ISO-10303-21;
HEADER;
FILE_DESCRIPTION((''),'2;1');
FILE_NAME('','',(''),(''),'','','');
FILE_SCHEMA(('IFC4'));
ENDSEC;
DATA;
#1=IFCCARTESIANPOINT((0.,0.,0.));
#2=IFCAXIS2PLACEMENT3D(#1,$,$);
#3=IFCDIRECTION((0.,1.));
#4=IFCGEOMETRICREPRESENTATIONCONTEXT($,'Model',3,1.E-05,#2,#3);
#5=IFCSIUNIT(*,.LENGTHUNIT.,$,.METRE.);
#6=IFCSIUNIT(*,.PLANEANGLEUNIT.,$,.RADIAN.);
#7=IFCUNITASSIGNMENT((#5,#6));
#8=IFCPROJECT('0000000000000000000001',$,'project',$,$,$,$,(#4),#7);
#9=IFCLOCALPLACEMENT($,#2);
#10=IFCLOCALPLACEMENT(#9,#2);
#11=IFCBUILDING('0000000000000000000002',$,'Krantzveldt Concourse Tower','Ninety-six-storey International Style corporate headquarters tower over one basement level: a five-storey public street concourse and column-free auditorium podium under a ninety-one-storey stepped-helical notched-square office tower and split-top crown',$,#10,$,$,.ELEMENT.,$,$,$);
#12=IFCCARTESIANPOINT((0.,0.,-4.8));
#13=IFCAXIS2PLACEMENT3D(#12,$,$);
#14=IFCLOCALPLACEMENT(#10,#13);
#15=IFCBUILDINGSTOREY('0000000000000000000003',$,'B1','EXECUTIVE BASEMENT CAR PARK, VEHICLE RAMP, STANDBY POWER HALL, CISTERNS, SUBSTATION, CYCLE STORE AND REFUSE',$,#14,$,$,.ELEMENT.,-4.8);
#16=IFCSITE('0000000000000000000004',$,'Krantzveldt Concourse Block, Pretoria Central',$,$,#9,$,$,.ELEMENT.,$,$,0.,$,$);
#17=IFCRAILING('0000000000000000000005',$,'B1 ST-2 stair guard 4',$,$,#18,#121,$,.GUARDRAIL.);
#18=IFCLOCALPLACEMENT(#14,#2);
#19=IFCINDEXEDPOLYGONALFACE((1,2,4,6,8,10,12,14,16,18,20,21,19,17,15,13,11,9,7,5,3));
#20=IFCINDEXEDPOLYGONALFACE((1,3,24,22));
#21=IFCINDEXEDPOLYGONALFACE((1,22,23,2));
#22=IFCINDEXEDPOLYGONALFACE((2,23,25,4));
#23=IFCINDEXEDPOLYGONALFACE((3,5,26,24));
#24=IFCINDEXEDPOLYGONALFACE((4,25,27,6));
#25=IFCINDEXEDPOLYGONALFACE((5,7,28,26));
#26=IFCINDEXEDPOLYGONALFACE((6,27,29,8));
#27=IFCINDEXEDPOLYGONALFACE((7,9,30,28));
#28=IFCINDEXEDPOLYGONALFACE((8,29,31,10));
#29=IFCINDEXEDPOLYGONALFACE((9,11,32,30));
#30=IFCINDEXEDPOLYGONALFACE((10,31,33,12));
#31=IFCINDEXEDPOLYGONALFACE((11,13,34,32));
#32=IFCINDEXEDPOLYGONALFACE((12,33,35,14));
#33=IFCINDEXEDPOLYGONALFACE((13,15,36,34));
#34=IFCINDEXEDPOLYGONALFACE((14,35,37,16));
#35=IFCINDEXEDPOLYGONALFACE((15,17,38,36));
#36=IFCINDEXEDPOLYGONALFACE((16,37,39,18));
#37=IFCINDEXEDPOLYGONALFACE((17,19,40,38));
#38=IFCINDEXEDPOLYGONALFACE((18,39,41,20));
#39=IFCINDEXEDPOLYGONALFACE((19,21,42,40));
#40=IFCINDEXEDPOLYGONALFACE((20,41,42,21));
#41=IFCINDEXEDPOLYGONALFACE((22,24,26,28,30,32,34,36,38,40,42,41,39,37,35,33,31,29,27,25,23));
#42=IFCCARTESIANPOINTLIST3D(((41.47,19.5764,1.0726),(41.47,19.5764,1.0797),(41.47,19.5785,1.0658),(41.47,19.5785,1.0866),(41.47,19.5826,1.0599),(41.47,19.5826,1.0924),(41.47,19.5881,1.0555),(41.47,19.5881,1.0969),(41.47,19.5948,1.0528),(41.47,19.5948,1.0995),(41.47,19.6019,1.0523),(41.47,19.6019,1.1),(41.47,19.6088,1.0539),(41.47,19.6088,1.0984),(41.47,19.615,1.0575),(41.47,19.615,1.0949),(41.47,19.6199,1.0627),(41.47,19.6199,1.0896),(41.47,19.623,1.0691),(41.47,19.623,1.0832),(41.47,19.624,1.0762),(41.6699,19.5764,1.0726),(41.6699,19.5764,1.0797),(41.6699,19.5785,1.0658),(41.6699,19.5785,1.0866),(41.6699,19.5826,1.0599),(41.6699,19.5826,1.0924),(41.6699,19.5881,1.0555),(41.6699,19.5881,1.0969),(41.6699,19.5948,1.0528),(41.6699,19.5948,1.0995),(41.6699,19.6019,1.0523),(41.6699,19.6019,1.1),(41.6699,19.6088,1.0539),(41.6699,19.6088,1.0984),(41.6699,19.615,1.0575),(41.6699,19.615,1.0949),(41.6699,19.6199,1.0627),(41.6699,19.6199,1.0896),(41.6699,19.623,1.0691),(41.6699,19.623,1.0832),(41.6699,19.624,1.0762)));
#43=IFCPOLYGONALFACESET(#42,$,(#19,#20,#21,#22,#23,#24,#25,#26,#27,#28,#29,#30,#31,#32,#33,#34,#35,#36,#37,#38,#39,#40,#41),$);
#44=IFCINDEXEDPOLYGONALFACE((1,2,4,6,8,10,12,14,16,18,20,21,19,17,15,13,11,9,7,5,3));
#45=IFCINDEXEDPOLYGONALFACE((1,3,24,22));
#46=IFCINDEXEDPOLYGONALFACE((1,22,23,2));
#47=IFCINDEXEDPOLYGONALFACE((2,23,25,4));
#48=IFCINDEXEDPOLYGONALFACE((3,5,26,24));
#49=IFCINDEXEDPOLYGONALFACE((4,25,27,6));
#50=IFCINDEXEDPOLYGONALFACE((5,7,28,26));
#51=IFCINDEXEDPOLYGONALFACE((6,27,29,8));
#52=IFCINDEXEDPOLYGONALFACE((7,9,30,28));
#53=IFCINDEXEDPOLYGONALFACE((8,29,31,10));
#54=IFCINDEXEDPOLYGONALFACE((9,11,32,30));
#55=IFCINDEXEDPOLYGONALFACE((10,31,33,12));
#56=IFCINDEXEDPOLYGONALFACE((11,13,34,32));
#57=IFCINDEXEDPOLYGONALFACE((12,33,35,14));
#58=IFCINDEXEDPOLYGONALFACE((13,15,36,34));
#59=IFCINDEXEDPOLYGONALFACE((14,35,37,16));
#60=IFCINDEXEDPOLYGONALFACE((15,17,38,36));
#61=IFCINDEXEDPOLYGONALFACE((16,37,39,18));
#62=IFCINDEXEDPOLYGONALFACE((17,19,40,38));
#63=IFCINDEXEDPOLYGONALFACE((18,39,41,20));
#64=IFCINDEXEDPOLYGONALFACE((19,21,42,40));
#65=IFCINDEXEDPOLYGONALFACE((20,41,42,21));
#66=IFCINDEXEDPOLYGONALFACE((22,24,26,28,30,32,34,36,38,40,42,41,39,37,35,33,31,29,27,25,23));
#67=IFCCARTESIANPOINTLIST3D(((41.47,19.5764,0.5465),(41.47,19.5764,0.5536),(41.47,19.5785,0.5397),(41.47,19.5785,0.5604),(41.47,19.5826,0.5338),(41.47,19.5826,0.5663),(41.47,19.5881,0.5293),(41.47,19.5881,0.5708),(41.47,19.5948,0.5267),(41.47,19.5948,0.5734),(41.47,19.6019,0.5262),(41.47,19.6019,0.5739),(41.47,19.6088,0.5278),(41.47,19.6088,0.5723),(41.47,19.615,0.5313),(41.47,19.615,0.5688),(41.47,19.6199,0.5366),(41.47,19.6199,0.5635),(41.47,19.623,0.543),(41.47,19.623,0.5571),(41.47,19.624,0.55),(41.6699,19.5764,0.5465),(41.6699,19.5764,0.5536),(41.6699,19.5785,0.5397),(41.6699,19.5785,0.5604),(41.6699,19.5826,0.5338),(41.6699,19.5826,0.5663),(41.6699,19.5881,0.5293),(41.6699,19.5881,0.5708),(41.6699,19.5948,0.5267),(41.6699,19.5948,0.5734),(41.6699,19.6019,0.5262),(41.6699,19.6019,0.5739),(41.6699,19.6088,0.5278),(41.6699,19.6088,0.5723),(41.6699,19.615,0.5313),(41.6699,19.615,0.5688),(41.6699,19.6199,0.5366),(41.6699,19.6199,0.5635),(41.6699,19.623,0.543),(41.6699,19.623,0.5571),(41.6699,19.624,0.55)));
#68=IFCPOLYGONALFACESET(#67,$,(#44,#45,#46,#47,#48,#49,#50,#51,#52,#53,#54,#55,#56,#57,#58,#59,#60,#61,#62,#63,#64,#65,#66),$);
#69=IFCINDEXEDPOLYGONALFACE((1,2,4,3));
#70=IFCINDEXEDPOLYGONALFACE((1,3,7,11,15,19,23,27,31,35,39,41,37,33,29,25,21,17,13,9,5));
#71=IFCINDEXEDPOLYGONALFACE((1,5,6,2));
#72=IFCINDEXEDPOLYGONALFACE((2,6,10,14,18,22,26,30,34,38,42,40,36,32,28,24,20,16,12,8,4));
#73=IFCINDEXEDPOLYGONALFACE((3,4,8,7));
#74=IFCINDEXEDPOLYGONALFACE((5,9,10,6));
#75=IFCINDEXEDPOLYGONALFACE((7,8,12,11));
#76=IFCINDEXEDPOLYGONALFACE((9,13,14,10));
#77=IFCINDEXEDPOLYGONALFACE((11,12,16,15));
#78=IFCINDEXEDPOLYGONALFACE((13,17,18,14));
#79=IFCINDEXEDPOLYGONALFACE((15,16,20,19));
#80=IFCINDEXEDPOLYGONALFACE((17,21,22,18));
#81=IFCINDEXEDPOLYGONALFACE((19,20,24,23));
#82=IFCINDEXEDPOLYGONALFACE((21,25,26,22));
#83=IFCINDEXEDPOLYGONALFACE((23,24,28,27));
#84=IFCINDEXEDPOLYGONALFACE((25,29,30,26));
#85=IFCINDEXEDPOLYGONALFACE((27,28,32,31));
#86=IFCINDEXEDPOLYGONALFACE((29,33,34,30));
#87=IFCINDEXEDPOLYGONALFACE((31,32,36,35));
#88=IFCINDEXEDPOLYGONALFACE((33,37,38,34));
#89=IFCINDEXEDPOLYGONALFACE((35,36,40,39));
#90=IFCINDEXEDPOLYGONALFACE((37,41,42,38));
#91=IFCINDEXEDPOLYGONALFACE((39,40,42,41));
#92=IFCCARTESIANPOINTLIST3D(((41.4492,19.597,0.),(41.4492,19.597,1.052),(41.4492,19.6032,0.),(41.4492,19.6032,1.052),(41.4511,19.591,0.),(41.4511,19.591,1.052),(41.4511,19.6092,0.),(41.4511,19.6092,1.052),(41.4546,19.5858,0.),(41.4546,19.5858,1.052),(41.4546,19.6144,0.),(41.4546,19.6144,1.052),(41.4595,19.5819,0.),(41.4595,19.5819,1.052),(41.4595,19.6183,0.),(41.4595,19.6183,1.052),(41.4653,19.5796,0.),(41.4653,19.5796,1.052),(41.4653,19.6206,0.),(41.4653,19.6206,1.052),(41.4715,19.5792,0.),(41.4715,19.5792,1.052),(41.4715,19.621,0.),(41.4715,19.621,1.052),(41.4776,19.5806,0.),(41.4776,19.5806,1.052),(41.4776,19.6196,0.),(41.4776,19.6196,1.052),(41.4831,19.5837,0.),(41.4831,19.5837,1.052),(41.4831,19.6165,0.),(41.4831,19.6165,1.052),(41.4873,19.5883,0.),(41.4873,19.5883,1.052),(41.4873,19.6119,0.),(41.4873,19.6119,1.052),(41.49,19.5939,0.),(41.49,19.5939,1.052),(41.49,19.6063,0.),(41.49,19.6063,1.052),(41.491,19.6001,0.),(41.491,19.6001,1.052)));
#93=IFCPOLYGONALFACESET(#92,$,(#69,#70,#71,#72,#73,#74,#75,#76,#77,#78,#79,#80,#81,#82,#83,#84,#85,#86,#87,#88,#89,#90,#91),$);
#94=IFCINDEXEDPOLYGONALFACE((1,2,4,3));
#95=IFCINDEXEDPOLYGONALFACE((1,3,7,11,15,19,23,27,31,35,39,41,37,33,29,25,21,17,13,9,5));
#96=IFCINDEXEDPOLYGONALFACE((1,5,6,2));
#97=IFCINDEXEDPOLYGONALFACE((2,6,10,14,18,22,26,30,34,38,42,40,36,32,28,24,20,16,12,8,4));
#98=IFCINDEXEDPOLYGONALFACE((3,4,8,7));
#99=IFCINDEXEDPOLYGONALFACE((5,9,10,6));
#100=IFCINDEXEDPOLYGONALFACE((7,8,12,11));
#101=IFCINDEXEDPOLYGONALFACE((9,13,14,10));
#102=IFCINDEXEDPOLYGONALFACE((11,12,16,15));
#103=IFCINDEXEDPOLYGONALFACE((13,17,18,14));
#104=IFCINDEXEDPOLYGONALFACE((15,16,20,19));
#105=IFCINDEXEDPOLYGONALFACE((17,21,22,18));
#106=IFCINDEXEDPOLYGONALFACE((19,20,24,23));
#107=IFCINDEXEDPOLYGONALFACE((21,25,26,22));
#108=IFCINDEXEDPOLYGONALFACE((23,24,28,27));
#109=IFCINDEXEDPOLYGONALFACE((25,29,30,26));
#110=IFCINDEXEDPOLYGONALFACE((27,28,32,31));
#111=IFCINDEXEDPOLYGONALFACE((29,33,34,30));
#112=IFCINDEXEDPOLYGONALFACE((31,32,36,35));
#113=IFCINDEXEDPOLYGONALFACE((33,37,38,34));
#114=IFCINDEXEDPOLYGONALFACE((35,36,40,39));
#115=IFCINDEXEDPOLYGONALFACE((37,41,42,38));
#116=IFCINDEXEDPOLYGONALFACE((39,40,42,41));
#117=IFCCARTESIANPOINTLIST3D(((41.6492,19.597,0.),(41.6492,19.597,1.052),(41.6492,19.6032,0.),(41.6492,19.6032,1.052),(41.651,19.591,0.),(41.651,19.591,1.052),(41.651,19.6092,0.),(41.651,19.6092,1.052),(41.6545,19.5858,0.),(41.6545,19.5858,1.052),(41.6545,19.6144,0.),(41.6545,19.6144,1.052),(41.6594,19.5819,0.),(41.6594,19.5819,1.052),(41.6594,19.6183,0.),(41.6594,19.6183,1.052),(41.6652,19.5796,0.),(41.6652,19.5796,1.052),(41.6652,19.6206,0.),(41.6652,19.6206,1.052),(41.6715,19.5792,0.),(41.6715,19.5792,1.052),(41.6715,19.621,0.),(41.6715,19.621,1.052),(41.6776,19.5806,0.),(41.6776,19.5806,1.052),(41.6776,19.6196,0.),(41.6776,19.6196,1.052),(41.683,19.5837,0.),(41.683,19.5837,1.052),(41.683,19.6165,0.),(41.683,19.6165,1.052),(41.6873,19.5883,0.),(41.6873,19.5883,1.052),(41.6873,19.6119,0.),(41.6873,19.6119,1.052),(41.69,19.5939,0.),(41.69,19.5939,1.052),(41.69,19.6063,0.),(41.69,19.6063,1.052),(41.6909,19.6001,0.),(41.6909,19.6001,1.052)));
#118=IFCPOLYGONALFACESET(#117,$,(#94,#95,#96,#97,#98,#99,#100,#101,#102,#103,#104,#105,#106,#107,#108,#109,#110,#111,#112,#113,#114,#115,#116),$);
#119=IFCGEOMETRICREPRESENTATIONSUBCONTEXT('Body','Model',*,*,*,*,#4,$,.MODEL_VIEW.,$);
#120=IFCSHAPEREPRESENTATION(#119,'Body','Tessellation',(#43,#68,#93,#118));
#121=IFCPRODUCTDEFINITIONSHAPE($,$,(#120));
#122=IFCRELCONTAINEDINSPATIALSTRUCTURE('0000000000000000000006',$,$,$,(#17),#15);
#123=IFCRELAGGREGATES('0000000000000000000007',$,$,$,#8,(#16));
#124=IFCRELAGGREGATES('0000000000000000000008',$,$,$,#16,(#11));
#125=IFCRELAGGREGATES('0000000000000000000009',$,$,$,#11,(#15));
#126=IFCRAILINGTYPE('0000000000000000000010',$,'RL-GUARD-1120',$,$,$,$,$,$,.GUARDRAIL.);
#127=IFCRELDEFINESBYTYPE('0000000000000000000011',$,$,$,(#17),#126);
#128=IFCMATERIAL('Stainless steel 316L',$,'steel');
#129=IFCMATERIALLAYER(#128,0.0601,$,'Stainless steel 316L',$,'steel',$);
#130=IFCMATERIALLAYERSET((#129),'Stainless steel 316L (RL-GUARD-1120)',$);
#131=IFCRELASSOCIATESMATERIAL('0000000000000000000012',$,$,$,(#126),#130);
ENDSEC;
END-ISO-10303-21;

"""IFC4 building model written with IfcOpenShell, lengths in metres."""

from ifc_helpers import new_model, si_unit, direction, frame, origin, origin_2d, place, context, subcontext, project, spatial, circle, extrude, material, layer, layer_set, type_object, element, save


model = new_model("IFC4")

# Units and contexts
model_context = context("Model", 3, precision=1e-05, world=origin(), true_north=direction((0.0, 1.0)))
body_context = subcontext(model_context, "Body", "Model", "MODEL_VIEW")
ifc_project = project(units=[si_unit("LENGTHUNIT", "METRE"), si_unit("PLANEANGLEUNIT", "RADIAN")], contexts=[model_context])

# Site, building, storey
site_placement = place(None, origin())
site = spatial("IfcSite", under=ifc_project, at=site_placement, Name="Krantzveldt Concourse Block, Pretoria Central", CompositionType="ELEMENT", RefElevation=0.0)
building_placement = place(site_placement, origin())
building = spatial("IfcBuilding", under=site, at=building_placement, Name="Krantzveldt Concourse Tower", Description="Ninety-six-storey International Style corporate headquarters tower over one basement level: a five-storey public street concourse and column-free auditorium podium under a ninety-one-storey stepped-helical notched-square office tower and split-top crown", CompositionType="ELEMENT")
storey_placement = place(building_placement, frame((0.0, 0.0, -4.8)))
storey = spatial("IfcBuildingStorey", under=building, at=storey_placement, Name="B1", Description="EXECUTIVE BASEMENT CAR PARK, VEHICLE RAMP, STANDBY POWER HALL, CISTERNS, SUBSTATION, CYCLE STORE AND REFUSE", CompositionType="ELEMENT", Elevation=-4.8)

# Shared definitions
ifc_material_1 = material(Name="Stainless steel 316L", Category="steel")

# Railing
ifc_layer_1 = layer(ifc_material_1, 0.0601, Name="Stainless steel 316L", Category="steel")
ifc_layer_set_1 = layer_set([ifc_layer_1], Name="Stainless steel 316L (RL-GUARD-1120)")
railing_type_1 = type_object("IfcRailingType", Name="RL-GUARD-1120", PredefinedType="GUARDRAIL", material=ifc_layer_set_1)
railing_1_placement = place(storey_placement, frame((41.47, 19.6001, 0.0)))
element("IfcRailing", 1, at=railing_1_placement, inside=storey, type_object=railing_type_1, Name="B1 ST-2 stair guard 4", PredefinedType="GUARDRAIL", context=body_context, shape_type="SweptSolid", body=[
    extrude(circle(Radius=0.0239, at=origin_2d()), frame((0.0, 0.0, 1.0762), z_axis=(1.0, 0.0, 0.0), x_axis=(0.0, 1.0, 0.0)), (0.0, 0.0, 1.0), 0.2),
    extrude(circle(Radius=0.0239, at=origin_2d()), frame((0.0, 0.0, 0.55), z_axis=(1.0, 0.0, 0.0), x_axis=(0.0, 1.0, 0.0)), (0.0, 0.0, 1.0), 0.2),
    extrude(circle(Radius=0.021, at=origin_2d()), origin(), (0.0, 0.0, 1.0), 1.052),
    extrude(circle(Radius=0.021, at=origin_2d()), frame((0.2, 0.0, 0.0)), (0.0, 0.0, 1.0), 1.052),
])

save(model, "model.ifc")
